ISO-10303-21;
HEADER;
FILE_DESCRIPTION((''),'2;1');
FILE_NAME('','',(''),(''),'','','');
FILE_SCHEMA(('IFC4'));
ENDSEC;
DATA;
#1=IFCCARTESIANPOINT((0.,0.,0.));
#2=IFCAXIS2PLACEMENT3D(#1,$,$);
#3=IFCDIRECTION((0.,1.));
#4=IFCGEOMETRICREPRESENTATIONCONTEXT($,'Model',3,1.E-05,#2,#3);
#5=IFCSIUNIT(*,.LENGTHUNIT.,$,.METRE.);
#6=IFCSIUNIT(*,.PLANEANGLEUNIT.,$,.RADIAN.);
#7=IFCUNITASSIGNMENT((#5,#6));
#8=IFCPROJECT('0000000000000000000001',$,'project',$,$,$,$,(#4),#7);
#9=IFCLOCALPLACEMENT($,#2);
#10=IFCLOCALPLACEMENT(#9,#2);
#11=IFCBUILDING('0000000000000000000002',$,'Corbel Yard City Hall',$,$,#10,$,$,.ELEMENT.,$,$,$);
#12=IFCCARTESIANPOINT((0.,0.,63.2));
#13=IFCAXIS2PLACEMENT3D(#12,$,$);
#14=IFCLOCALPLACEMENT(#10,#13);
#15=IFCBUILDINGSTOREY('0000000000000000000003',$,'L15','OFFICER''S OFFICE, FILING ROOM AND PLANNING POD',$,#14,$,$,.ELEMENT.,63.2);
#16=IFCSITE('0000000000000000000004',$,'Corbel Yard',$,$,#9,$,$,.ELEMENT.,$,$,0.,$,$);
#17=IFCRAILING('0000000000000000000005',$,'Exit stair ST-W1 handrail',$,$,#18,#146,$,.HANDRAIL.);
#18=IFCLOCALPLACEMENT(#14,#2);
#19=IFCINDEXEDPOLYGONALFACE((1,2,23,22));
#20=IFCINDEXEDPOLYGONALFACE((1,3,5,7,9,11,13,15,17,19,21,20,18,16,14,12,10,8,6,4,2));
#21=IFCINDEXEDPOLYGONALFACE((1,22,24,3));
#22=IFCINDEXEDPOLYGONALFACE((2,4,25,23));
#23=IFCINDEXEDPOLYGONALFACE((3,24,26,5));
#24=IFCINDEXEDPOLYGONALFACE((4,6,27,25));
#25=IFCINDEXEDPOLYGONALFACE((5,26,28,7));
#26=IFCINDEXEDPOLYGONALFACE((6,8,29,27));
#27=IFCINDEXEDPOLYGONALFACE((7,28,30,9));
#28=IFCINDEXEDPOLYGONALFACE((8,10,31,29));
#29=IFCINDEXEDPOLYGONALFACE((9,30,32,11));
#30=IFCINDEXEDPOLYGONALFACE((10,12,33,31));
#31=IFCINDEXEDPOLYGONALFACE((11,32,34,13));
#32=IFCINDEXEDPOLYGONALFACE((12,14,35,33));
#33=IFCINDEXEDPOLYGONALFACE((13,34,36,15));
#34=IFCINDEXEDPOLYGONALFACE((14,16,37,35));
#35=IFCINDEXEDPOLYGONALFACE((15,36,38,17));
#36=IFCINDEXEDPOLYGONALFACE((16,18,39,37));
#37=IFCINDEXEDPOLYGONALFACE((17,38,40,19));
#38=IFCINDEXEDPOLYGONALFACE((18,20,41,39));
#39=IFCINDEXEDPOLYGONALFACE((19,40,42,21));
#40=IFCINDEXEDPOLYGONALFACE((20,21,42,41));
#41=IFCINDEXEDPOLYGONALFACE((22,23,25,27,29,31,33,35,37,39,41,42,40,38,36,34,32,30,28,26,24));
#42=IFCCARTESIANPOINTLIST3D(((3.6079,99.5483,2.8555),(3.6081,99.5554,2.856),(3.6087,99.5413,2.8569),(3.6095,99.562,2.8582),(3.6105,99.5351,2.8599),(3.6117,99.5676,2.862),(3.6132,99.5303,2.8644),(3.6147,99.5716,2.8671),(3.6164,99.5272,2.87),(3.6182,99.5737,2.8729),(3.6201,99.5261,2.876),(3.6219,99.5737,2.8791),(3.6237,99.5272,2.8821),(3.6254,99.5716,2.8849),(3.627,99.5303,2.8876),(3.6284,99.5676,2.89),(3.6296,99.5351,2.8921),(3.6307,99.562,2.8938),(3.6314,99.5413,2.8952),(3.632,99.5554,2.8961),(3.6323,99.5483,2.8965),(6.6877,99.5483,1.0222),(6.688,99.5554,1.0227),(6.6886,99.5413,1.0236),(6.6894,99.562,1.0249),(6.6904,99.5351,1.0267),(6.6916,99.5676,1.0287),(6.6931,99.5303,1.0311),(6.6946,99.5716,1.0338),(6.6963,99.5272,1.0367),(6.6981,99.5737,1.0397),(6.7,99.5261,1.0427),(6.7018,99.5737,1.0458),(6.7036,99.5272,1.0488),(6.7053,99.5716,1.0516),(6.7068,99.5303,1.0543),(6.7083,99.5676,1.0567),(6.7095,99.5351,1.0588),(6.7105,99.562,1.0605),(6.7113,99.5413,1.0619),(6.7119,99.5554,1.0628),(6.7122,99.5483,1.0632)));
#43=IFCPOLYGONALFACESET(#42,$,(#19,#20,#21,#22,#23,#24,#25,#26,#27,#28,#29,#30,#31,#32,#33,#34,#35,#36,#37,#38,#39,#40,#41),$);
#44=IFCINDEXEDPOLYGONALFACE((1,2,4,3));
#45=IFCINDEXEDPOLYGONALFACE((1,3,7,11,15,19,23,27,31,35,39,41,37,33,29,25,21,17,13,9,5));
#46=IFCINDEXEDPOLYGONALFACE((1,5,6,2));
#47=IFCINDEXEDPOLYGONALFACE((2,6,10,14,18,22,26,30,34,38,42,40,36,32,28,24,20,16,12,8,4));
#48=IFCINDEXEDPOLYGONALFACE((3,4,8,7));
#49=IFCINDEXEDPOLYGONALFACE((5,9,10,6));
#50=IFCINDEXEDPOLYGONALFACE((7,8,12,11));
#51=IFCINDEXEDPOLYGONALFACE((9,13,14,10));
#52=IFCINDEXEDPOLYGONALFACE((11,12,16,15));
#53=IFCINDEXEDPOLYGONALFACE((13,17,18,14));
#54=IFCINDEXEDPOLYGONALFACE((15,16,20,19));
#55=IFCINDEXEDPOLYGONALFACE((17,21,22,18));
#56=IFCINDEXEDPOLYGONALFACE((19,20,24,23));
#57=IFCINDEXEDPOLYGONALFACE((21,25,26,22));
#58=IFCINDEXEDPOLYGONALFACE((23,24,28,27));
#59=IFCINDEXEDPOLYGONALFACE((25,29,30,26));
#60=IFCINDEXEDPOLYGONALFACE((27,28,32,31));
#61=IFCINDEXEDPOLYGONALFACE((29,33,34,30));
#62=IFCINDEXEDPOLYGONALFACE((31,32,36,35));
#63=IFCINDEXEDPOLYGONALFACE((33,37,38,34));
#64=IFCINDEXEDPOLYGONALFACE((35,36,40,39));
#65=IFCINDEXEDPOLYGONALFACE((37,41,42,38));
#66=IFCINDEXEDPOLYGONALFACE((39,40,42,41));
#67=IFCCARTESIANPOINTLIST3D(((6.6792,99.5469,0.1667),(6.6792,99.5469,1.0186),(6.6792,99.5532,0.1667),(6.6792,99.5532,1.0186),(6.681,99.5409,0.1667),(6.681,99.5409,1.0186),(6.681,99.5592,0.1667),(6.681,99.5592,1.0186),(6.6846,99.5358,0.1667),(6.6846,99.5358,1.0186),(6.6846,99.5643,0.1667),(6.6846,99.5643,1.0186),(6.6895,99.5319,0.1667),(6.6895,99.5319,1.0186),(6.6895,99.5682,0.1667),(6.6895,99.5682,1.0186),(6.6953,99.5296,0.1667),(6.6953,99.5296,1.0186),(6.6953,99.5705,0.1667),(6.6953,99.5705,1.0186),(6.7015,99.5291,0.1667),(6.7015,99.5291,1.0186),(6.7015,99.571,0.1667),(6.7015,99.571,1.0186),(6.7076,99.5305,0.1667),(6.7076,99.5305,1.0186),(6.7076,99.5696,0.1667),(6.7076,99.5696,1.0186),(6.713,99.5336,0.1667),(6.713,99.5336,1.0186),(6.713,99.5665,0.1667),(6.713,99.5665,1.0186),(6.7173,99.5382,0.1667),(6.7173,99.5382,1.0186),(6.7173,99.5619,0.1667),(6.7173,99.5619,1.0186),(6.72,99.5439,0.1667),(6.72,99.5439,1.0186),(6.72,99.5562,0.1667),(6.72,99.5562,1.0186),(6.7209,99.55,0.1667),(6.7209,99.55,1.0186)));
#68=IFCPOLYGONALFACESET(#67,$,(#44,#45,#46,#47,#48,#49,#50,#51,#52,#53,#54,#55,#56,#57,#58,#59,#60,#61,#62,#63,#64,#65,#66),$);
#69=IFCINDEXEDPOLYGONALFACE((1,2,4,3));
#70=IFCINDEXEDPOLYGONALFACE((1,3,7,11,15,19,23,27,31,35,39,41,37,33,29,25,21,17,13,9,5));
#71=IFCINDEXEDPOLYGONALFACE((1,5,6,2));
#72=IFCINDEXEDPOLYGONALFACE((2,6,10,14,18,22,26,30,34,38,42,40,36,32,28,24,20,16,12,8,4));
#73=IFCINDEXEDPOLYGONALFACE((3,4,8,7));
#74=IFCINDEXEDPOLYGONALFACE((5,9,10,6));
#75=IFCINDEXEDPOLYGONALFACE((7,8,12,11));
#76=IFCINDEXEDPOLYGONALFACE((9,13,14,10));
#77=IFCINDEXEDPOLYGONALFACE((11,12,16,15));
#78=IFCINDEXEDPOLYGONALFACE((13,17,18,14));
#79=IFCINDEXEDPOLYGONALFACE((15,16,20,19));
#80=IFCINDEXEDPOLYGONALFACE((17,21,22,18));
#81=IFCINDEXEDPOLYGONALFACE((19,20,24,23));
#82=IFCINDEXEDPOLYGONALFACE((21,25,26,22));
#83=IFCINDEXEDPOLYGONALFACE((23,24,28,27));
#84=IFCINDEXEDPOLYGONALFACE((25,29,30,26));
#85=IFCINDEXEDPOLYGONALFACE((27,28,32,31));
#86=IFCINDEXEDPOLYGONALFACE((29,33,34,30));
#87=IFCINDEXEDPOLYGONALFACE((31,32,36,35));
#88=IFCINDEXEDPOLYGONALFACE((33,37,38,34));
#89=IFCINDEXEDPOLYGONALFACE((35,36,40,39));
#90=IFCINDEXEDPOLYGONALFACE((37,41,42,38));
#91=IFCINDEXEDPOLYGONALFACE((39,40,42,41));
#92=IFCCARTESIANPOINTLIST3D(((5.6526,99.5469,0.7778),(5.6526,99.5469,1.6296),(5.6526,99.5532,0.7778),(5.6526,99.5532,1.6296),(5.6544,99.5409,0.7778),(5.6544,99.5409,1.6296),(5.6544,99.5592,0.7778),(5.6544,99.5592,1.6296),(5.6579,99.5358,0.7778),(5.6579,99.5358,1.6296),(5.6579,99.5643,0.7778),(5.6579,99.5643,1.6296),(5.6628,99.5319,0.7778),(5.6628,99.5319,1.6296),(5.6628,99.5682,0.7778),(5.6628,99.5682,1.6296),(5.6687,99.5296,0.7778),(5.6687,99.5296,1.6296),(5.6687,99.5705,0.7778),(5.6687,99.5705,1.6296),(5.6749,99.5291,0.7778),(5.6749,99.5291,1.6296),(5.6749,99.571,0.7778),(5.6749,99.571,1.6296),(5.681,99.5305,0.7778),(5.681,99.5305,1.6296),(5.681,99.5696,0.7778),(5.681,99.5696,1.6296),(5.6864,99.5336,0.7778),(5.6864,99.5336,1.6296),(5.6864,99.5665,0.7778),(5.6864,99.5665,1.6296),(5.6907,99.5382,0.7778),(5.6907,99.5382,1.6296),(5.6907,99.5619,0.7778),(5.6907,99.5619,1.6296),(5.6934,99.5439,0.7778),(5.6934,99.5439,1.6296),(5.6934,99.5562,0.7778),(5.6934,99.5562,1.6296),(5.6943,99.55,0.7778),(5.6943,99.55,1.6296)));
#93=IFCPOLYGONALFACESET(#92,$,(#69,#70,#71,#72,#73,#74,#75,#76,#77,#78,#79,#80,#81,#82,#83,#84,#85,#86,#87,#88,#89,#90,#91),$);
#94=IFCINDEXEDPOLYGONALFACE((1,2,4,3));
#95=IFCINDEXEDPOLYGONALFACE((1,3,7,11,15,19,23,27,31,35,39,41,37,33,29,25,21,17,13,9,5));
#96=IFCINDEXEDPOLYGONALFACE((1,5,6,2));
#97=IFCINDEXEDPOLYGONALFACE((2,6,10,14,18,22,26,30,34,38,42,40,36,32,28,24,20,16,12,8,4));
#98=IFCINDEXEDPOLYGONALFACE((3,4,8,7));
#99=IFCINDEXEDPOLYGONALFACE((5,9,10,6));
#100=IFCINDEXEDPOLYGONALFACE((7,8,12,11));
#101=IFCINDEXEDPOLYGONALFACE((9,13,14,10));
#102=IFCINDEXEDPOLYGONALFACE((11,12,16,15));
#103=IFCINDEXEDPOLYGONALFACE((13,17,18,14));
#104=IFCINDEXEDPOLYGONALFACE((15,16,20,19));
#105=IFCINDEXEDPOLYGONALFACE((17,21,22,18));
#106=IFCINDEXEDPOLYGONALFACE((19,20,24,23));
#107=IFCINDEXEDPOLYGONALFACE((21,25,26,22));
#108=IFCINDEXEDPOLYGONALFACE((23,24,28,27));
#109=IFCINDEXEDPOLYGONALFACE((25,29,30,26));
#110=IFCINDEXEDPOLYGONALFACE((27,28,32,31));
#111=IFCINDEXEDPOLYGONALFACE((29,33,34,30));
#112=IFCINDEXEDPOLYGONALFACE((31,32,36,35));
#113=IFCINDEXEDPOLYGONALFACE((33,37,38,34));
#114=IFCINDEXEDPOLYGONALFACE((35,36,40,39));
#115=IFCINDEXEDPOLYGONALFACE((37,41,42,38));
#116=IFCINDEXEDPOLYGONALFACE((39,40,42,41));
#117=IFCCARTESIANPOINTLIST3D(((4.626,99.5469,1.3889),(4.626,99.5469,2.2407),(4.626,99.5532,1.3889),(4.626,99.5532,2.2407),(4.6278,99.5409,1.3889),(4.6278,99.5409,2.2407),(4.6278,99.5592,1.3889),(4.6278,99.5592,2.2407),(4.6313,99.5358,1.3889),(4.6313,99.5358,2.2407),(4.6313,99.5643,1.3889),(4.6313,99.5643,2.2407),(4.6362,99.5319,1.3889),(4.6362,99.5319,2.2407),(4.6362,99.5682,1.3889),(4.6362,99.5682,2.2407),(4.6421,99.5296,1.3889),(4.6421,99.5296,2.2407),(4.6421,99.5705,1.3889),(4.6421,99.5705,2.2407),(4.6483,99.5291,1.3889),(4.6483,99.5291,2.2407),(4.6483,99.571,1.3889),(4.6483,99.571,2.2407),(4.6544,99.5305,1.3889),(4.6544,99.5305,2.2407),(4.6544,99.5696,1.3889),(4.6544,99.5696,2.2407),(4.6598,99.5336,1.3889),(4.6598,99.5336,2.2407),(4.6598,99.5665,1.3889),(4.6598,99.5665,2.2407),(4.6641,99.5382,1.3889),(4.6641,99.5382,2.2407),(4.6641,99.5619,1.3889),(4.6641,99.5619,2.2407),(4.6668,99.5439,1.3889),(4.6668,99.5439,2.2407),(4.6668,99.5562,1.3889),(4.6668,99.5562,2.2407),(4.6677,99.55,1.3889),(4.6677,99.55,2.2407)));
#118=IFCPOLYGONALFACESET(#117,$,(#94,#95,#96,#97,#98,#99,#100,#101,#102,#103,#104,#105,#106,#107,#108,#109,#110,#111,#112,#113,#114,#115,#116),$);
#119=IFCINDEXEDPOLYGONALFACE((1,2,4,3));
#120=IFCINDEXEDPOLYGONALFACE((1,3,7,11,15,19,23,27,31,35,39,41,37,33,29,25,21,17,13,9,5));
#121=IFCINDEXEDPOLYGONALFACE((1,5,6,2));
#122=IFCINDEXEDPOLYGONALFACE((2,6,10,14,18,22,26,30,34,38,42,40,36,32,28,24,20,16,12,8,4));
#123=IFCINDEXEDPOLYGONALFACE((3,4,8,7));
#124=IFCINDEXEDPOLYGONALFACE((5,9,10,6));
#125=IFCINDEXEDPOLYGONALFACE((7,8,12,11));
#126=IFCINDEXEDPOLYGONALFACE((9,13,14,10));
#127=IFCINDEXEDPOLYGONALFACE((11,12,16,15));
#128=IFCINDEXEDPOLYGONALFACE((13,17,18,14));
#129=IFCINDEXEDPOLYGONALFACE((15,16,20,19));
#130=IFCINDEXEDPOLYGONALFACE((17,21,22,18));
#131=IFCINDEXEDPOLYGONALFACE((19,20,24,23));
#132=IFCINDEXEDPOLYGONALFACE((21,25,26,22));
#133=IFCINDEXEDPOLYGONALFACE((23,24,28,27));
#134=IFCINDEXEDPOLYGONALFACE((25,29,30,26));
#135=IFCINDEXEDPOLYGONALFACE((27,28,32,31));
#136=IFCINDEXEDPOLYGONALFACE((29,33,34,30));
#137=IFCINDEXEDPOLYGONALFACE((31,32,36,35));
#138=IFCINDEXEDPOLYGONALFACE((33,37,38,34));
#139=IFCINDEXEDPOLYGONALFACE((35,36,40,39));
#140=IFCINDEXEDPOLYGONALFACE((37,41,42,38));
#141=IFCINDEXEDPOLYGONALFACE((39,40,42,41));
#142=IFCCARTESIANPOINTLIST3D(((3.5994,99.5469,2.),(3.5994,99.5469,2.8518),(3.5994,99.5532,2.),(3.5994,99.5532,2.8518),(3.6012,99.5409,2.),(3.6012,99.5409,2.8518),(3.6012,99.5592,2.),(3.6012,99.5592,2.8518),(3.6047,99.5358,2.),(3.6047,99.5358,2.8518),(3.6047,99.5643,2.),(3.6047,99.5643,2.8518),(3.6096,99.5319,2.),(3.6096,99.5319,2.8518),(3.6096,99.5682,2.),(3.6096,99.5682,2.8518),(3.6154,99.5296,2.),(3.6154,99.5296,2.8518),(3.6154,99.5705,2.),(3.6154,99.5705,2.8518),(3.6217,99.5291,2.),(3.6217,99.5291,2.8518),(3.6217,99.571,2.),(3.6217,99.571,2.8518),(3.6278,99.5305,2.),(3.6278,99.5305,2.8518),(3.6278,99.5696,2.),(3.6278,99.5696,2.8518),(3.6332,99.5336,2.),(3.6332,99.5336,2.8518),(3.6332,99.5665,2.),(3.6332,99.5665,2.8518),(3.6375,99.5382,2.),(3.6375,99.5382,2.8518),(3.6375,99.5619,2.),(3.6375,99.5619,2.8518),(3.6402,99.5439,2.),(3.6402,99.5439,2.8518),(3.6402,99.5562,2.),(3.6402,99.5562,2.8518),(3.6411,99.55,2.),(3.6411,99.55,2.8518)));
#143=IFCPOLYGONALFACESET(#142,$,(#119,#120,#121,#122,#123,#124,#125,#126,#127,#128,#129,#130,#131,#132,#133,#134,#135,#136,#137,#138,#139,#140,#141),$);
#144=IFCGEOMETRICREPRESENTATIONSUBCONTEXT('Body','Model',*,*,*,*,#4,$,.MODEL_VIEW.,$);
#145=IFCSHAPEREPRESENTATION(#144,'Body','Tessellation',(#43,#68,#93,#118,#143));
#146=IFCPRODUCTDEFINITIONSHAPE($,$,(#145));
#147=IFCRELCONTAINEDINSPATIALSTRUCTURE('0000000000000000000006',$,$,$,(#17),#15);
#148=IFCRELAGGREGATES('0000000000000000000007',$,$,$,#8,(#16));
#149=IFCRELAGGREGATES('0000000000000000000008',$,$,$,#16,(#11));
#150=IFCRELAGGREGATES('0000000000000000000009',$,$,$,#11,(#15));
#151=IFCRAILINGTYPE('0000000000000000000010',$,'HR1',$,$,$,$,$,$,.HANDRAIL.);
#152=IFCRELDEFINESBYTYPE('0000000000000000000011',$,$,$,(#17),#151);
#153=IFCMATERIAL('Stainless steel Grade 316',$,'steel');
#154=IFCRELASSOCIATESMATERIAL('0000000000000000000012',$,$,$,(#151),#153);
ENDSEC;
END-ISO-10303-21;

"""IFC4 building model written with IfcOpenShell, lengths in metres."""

from ifc_helpers import new_model, si_unit, direction, frame, origin, origin_2d, place, context, subcontext, project, spatial, circle, extrude, material, type_object, element, save


model = new_model("IFC4")

# Units and contexts
model_context = context("Model", 3, precision=1e-05, world=origin(), true_north=direction((0.0, 1.0)))
body_context = subcontext(model_context, "Body", "Model", "MODEL_VIEW")
ifc_project = project(units=[si_unit("LENGTHUNIT", "METRE"), si_unit("PLANEANGLEUNIT", "RADIAN")], contexts=[model_context])

# Site, building, storey
site_placement = place(None, origin())
site = spatial("IfcSite", under=ifc_project, at=site_placement, Name="Corbel Yard", CompositionType="ELEMENT", RefElevation=0.0)
building_placement = place(site_placement, origin())
building = spatial("IfcBuilding", under=site, at=building_placement, Name="Corbel Yard City Hall", CompositionType="ELEMENT")
storey_placement = place(building_placement, frame((0.0, 0.0, 63.2)))
storey = spatial("IfcBuildingStorey", under=building, at=storey_placement, Name="L15", Description="OFFICER'S OFFICE, FILING ROOM AND PLANNING POD", CompositionType="ELEMENT", Elevation=63.2)

# Railing
ifc_material_1 = material(Name="Stainless steel Grade 316", Category="steel")
railing_type = type_object("IfcRailingType", Name="HR1", PredefinedType="HANDRAIL", material=ifc_material_1)
for number, where, name in (
    (1, (6.7, 99.55, 0.1667), "Exit stair ST-W1 handrail"),
):
    element("IfcRailing", number, at=place(storey_placement, frame(where)), inside=storey, type_object=railing_type, Name=name, PredefinedType="HANDRAIL", context=body_context, shape_type="SweptSolid", body=[
        extrude(circle(Radius=0.0239, at=origin_2d()), frame((0.0, 0.0, 0.876), z_axis=(-0.859291, 0.0, 0.511487), x_axis=(0.0, -1.0, 0.0)), (0.0, 0.0, 1.0), 3.5842),
        extrude(circle(Radius=0.021, at=origin_2d()), origin(), (0.0, 0.0, 1.0), 0.8518),
        extrude(circle(Radius=0.021, at=origin_2d()), frame((-1.0266, 0.0, 0.6111)), (0.0, 0.0, 1.0), 0.8518),
        extrude(circle(Radius=0.021, at=origin_2d()), frame((-2.0532, 0.0, 1.2222)), (0.0, 0.0, 1.0), 0.8518),
        extrude(circle(Radius=0.021, at=origin_2d()), frame((-3.0798, 0.0, 1.8333)), (0.0, 0.0, 1.0), 0.8518),
    ])

save(model, "model.ifc")
